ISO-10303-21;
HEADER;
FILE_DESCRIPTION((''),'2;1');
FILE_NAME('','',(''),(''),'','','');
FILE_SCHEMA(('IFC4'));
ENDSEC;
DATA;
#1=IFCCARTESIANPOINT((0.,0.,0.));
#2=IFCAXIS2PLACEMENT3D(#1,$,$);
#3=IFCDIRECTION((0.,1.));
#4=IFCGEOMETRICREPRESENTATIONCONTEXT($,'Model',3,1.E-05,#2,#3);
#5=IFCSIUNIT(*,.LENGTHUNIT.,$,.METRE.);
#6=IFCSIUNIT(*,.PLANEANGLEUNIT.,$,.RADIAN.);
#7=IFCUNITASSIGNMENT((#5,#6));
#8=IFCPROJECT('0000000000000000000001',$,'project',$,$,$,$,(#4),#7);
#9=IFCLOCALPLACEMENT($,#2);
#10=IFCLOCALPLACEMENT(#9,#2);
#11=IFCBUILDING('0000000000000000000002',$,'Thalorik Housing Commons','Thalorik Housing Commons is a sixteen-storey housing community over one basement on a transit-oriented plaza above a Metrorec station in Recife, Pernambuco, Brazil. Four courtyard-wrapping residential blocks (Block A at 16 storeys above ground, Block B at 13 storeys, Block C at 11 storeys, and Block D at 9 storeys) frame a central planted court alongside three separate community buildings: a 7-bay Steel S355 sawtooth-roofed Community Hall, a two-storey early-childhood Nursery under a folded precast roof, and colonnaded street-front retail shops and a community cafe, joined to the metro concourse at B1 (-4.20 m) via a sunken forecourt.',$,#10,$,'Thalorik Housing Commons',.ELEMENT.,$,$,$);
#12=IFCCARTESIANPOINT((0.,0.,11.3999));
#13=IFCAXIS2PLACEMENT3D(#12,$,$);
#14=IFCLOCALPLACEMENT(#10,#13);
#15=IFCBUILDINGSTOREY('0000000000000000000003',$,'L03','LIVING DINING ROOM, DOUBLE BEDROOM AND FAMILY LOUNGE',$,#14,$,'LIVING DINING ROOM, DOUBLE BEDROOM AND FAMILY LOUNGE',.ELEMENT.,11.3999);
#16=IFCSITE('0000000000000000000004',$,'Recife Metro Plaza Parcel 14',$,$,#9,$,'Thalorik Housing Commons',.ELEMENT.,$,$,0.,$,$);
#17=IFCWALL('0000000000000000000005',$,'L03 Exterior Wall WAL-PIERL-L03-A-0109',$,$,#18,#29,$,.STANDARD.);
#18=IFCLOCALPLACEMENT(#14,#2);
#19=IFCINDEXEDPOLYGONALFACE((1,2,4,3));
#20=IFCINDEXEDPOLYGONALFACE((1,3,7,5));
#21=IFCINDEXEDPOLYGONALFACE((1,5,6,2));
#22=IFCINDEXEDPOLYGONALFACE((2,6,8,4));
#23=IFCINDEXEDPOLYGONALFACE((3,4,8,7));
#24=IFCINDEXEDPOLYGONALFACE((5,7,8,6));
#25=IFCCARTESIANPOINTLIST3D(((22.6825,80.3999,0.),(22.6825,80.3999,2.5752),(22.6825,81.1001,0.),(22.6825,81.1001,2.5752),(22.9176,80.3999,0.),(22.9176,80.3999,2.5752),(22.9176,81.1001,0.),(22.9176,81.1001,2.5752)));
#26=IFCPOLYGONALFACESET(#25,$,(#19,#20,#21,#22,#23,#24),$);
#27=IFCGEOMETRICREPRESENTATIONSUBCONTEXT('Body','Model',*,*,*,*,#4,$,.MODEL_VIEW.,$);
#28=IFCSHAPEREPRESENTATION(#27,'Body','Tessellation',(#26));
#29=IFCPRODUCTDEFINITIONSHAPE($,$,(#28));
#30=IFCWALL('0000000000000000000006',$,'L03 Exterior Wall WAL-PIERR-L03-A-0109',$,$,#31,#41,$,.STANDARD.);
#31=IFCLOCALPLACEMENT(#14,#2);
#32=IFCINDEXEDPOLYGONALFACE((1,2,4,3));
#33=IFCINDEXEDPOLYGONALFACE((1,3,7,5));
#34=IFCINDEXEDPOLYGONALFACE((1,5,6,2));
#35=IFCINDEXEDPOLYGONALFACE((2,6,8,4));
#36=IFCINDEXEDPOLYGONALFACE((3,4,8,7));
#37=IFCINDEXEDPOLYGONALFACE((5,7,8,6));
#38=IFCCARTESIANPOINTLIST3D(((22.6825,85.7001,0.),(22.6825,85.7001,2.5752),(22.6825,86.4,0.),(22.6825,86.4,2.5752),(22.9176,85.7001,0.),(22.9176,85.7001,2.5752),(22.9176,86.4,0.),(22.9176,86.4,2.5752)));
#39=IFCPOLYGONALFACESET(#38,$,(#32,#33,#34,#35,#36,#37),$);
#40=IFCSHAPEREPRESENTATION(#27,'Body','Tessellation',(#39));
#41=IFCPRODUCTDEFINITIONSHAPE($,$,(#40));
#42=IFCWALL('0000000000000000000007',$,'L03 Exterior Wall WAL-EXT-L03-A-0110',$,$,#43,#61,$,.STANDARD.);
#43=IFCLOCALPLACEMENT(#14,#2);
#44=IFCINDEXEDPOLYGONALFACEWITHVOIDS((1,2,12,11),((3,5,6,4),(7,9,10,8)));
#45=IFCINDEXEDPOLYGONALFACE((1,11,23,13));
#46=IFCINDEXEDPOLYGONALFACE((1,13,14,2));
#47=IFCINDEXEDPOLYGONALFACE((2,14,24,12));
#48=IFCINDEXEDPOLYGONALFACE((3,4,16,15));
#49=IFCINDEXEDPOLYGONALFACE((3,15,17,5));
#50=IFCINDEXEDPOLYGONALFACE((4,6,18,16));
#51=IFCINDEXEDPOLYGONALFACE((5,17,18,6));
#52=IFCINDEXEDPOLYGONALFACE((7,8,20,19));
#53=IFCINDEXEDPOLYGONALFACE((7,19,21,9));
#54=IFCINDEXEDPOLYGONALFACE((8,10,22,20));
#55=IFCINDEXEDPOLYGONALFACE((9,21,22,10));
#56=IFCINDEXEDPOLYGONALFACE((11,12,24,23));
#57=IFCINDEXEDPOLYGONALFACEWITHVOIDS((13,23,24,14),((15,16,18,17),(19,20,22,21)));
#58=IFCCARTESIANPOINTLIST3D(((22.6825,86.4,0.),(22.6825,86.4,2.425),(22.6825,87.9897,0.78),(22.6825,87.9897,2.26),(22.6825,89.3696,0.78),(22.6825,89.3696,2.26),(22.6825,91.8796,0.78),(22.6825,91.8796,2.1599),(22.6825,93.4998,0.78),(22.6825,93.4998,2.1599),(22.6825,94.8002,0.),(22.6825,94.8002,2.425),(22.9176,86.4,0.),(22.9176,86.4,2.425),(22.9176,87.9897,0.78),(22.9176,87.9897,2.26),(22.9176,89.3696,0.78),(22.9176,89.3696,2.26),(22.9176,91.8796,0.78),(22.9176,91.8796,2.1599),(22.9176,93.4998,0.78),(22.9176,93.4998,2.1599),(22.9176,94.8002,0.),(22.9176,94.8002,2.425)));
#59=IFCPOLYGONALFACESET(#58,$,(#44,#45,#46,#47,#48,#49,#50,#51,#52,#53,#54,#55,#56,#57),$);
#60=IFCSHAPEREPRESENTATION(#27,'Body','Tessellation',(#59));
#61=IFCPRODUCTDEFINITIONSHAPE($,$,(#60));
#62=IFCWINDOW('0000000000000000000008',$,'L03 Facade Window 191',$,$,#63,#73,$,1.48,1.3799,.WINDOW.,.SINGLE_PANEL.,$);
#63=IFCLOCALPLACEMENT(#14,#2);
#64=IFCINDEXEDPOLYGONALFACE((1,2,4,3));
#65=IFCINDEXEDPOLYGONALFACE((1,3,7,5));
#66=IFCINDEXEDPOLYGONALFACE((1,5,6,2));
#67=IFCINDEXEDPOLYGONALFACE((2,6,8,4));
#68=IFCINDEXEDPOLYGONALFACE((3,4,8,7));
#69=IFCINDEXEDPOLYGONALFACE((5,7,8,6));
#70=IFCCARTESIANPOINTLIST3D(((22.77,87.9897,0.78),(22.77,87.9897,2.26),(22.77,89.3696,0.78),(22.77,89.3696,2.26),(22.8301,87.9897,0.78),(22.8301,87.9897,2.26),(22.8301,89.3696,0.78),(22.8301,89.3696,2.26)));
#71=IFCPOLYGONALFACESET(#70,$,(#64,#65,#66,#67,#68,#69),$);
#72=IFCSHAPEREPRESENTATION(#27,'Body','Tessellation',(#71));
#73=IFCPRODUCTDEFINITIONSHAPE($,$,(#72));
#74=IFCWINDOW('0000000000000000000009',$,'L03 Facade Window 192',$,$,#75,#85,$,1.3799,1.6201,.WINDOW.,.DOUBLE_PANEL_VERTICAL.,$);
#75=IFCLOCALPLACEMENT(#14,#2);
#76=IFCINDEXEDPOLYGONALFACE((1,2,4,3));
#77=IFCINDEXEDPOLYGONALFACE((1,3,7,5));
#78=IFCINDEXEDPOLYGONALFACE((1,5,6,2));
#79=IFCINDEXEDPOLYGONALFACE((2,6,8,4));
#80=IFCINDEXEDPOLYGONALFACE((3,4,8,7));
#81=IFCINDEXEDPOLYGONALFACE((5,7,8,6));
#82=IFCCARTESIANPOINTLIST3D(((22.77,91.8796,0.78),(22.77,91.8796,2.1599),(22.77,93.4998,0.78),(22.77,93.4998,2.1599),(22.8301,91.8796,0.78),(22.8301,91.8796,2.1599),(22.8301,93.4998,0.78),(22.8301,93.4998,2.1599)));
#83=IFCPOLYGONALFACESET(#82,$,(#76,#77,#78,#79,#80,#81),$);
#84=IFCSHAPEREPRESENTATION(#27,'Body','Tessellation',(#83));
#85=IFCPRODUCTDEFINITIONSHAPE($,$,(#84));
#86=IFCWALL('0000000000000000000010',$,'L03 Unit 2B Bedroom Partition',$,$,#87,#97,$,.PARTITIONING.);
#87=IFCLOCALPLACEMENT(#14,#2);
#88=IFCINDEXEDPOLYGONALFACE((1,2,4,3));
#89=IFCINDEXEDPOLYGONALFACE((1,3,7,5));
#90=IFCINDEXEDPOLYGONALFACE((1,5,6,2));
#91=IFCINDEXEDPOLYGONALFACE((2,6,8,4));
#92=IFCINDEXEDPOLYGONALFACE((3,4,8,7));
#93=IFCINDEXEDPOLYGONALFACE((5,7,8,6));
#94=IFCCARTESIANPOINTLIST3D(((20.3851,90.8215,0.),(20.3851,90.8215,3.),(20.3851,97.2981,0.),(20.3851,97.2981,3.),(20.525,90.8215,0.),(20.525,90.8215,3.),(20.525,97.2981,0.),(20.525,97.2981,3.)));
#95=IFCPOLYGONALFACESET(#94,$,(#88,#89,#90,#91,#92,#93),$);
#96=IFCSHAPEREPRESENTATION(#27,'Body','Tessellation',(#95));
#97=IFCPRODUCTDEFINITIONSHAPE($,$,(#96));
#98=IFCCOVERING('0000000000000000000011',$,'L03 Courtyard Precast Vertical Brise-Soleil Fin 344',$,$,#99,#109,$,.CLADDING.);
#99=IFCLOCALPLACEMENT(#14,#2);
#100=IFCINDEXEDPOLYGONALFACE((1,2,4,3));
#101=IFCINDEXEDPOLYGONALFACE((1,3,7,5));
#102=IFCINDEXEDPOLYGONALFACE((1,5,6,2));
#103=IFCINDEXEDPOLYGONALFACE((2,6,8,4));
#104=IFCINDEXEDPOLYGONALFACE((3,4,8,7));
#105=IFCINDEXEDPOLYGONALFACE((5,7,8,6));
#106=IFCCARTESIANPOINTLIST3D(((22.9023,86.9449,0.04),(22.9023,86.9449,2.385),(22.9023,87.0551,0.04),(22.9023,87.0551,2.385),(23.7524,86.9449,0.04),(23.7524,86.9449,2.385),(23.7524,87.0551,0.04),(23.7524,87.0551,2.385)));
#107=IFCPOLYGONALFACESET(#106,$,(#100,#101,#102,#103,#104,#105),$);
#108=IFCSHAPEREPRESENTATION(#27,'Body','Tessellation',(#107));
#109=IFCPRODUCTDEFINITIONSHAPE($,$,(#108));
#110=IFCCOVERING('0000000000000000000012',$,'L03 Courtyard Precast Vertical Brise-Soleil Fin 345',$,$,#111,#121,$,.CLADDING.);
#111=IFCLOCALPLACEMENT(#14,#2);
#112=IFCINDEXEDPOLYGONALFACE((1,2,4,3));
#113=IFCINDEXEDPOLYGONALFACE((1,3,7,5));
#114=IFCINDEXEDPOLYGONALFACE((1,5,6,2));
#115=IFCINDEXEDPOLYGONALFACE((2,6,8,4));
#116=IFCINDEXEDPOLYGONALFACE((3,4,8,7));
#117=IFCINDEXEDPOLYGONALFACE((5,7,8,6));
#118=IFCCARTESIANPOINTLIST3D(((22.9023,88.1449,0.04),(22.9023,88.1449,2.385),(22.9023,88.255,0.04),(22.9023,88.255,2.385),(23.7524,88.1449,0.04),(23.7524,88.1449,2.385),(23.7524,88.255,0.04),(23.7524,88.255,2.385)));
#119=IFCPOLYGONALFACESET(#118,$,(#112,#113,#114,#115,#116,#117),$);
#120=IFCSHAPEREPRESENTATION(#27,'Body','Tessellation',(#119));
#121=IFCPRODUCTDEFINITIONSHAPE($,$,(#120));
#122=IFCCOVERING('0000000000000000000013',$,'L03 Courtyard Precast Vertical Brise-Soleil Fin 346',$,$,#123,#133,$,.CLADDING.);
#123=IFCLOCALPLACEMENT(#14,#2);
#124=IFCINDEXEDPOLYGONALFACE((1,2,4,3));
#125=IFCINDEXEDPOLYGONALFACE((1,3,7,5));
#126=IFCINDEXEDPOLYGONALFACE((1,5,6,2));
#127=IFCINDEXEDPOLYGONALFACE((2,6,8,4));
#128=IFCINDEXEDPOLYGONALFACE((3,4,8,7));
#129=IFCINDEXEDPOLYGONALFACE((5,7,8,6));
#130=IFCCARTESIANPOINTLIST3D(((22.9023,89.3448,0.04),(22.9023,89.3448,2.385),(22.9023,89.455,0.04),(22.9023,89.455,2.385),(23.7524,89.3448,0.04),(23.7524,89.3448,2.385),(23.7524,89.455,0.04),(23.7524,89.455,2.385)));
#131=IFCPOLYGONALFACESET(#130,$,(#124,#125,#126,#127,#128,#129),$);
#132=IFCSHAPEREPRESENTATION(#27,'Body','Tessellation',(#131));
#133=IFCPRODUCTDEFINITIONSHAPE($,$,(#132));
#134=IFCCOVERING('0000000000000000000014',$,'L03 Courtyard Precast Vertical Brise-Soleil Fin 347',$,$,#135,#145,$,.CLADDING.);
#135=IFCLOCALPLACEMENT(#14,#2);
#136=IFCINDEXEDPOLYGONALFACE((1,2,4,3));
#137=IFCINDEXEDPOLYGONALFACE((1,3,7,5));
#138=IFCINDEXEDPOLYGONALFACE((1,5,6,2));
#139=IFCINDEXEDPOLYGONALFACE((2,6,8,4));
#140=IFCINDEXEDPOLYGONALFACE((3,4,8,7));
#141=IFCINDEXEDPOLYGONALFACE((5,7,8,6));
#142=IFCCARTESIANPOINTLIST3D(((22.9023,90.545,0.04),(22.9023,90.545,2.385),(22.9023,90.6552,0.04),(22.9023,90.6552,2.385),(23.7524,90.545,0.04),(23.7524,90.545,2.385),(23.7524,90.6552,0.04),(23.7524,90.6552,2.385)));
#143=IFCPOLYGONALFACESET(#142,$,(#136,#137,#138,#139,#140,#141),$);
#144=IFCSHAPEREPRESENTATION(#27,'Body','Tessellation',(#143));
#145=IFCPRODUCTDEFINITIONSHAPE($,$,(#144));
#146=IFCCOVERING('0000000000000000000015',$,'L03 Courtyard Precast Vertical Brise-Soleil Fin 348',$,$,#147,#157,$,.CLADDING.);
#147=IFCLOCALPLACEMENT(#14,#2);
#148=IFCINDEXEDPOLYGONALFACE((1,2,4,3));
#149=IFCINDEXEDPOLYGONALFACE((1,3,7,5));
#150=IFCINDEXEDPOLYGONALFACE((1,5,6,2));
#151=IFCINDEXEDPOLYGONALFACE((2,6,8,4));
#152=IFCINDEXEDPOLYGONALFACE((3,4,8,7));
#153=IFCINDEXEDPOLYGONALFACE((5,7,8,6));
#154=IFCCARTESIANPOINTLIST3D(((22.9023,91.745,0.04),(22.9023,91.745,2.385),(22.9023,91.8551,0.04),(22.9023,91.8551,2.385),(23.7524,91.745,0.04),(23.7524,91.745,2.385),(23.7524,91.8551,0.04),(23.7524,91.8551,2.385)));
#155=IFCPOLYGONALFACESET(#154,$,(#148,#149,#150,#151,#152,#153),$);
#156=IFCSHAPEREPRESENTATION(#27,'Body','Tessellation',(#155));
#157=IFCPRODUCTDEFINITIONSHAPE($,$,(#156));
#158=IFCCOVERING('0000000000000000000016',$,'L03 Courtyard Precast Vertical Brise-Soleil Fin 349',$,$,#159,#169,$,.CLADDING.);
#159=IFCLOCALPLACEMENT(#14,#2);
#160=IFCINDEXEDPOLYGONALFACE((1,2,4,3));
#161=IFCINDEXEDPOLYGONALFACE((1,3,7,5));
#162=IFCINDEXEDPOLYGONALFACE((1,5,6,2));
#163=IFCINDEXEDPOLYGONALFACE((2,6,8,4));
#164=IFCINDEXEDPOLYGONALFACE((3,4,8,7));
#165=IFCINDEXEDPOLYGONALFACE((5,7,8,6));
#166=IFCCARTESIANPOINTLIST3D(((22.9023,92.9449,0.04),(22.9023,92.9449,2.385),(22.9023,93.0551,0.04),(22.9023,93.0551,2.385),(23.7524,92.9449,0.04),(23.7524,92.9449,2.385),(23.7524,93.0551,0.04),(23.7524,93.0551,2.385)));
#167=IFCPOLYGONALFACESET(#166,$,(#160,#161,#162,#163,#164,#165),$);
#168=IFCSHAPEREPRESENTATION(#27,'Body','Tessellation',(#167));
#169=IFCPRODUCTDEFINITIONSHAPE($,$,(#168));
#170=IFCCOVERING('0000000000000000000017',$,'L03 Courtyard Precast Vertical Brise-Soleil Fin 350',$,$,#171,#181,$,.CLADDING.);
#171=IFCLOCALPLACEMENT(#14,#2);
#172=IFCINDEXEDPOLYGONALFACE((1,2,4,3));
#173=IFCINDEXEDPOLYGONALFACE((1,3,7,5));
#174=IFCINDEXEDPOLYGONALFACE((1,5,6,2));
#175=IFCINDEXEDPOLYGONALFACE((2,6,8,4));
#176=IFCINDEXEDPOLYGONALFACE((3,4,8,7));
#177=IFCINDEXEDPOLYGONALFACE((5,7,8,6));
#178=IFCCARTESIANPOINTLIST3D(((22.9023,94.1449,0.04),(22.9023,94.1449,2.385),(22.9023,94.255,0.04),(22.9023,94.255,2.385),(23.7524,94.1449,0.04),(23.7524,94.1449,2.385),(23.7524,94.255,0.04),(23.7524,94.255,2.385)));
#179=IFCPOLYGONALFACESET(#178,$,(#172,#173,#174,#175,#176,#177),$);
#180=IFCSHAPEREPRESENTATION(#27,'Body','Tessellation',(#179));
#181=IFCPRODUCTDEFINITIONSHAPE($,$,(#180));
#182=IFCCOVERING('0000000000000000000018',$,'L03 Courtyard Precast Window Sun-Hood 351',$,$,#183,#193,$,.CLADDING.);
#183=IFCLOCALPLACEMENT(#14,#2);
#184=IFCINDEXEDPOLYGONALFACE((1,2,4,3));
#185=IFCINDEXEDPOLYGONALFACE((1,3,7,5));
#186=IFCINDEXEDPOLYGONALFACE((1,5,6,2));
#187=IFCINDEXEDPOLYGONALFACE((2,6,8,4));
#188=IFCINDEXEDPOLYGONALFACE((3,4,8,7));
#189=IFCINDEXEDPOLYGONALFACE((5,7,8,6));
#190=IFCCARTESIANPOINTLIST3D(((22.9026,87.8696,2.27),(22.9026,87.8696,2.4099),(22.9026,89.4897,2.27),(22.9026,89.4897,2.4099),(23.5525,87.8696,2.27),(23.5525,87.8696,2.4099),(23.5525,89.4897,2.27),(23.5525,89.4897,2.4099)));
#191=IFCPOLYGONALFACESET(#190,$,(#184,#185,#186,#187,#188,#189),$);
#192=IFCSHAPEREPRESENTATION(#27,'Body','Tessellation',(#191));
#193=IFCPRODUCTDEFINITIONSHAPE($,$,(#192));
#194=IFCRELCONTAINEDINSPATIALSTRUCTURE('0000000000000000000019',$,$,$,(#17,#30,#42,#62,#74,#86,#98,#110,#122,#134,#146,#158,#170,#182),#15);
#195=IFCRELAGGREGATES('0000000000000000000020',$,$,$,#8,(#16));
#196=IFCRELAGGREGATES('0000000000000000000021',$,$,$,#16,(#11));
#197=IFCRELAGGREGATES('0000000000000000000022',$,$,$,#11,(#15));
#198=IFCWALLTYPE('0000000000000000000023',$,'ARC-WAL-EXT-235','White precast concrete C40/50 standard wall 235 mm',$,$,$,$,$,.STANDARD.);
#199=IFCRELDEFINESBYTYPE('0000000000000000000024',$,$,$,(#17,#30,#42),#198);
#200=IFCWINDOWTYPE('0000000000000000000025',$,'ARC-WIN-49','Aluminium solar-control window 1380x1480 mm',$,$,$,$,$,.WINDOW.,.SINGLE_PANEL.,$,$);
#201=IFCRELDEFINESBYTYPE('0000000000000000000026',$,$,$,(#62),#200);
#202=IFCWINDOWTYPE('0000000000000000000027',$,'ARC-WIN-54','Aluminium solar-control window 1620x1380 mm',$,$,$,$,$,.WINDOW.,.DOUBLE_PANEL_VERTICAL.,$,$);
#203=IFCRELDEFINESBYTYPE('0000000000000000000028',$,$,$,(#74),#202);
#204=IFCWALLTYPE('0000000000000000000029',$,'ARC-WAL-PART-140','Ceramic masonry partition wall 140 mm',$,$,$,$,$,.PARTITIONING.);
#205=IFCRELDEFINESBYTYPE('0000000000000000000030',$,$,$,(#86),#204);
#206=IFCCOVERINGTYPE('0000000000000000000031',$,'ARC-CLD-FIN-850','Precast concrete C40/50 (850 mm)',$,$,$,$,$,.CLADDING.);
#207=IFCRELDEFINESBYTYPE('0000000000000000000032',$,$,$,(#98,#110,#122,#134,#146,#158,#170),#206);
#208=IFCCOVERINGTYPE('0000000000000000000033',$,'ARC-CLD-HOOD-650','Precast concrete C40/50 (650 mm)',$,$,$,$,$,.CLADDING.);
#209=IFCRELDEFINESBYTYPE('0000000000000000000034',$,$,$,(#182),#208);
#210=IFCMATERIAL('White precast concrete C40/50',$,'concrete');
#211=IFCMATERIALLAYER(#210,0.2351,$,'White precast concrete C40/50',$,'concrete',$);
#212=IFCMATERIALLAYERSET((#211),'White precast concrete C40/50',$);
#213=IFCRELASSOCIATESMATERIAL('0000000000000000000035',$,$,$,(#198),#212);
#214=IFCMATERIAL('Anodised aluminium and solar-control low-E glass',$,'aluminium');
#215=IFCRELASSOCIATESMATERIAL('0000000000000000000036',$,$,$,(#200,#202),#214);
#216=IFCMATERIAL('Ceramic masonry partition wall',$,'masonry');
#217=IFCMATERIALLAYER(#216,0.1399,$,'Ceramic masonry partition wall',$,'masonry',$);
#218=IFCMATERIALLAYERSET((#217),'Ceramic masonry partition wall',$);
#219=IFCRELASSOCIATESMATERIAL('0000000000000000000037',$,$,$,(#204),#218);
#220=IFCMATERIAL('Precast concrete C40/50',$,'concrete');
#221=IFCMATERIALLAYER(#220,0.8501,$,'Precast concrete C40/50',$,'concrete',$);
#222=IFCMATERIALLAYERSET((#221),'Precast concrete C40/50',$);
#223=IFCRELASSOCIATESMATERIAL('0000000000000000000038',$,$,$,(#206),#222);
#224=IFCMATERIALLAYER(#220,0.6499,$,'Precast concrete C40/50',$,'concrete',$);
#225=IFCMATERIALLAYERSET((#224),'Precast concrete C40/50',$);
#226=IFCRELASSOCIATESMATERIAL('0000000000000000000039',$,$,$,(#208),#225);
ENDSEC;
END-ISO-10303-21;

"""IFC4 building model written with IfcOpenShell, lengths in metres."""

from ifc_helpers import new_model, si_unit, direction, frame, frame_2d, origin, origin_2d, place, context, subcontext, project, spatial, rectangle, extrude, material, layer, layer_set, type_object, element, fill, save


model = new_model("IFC4")

# Units and contexts
model_context = context("Model", 3, precision=1e-05, world=origin(), true_north=direction((0.0, 1.0)))
body_context = subcontext(model_context, "Body", "Model", "MODEL_VIEW")
ifc_project = project(units=[si_unit("LENGTHUNIT", "METRE"), si_unit("PLANEANGLEUNIT", "RADIAN")], contexts=[model_context])

# Site, building, storey
site_placement = place(None, origin())
site = spatial("IfcSite", under=ifc_project, at=site_placement, Name="Recife Metro Plaza Parcel 14", LongName="Thalorik Housing Commons", CompositionType="ELEMENT", RefElevation=0.0)
building_placement = place(site_placement, origin())
building = spatial("IfcBuilding", under=site, at=building_placement, Name="Thalorik Housing Commons", Description="Thalorik Housing Commons is a sixteen-storey housing community over one basement on a transit-oriented plaza above a Metrorec station in Recife, Pernambuco, Brazil. Four courtyard-wrapping residential blocks (Block A at 16 storeys above ground, Block B at 13 storeys, Block C at 11 storeys, and Block D at 9 storeys) frame a central planted court alongside three separate community buildings: a 7-bay Steel S355 sawtooth-roofed Community Hall, a two-storey early-childhood Nursery under a folded precast roof, and colonnaded street-front retail shops and a community cafe, joined to the metro concourse at B1 (-4.20 m) via a sunken forecourt.", LongName="Thalorik Housing Commons", CompositionType="ELEMENT")
storey_placement = place(building_placement, frame((0.0, 0.0, 11.3999)))
storey = spatial("IfcBuildingStorey", under=building, at=storey_placement, Name="L03", Description="LIVING DINING ROOM, DOUBLE BEDROOM AND FAMILY LOUNGE", LongName="LIVING DINING ROOM, DOUBLE BEDROOM AND FAMILY LOUNGE", CompositionType="ELEMENT", Elevation=11.3999)

# Shared definitions
ifc_material_1 = material(Name="Precast concrete C40/50", Category="concrete")

# Shared definitions
ifc_material_2 = material(Name="Anodised aluminium and solar-control low-E glass", Category="aluminium")

# Walls
ifc_material_3 = material(Name="White precast concrete C40/50", Category="concrete")
ifc_layer_1 = layer(ifc_material_3, 0.2351, Name="White precast concrete C40/50", Category="concrete")
ifc_layer_set_1 = layer_set([ifc_layer_1], Name="White precast concrete C40/50")
wall_type_1 = type_object("IfcWallType", Name="ARC-WAL-EXT-235", Description="White precast concrete C40/50 standard wall 235 mm", PredefinedType="STANDARD", material=ifc_layer_set_1)
wall_1_placement = place(storey_placement, frame((22.8, 80.3999, 0.0), z_axis=(0.0, 0.0, 1.0), x_axis=(0.0, 1.0, 0.0)))
element("IfcWall", 1, at=wall_1_placement, inside=storey, type_object=wall_type_1, Name="L03 Exterior Wall WAL-PIERL-L03-A-0109", PredefinedType="STANDARD", context=body_context, shape_type="SweptSolid", body=[
    extrude(rectangle(XDim=0.7002, YDim=0.2351, at=frame_2d((0.3501, 0.0))), origin(), (0.0, 0.0, 1.0), 2.5752),
])
wall_2_placement = place(storey_placement, frame((22.8, 85.7, 0.0), z_axis=(0.0, 0.0, 1.0), x_axis=(0.0, 1.0, 0.0)))
element("IfcWall", 2, at=wall_2_placement, inside=storey, type_object=wall_type_1, Name="L03 Exterior Wall WAL-PIERR-L03-A-0109", PredefinedType="STANDARD", context=body_context, shape_type="SweptSolid", body=[
    extrude(rectangle(XDim=0.7, YDim=0.2351, at=frame_2d((0.3501, 0.0))), origin(), (0.0, 0.0, 1.0), 2.5752),
])

# Wall, openings, windows
wall_3_placement = place(storey_placement, frame((22.8, 86.3999, 0.0), z_axis=(0.0, 0.0, 1.0), x_axis=(0.0, 1.0, 0.0)))
wall_3 = element("IfcWall", 3, at=wall_3_placement, inside=storey, type_object=wall_type_1, Name="L03 Exterior Wall WAL-EXT-L03-A-0110", PredefinedType="STANDARD", context=body_context, shape_type="SweptSolid", body=[
    extrude(rectangle(XDim=8.4001, YDim=0.2351, at=frame_2d((4.2002, 0.0))), origin(), (0.0, 0.0, 1.0), 2.425),
])
opening_1_placement = place(wall_3_placement, frame((1.5898, 0.0, 0.78)))
opening_1 = element("IfcOpeningElement", 4, at=opening_1_placement, cuts=wall_3, PredefinedType="OPENING", context=body_context, shape_type="SweptSolid", body=[
    extrude(rectangle(XDim=1.3799, YDim=1.48, at=frame_2d((0.6899, 0.74))), frame((0.0, 0.1274, 0.0), z_axis=(0.0, -1.0, 0.0), x_axis=(1.0, 0.0, 0.0)), (0.0, 0.0, 1.0), 0.2551),
])
opening_2_placement = place(wall_3_placement, frame((5.4797, 0.0, 0.78)))
opening_2 = element("IfcOpeningElement", 5, at=opening_2_placement, cuts=wall_3, PredefinedType="OPENING", context=body_context, shape_type="SweptSolid", body=[
    extrude(rectangle(XDim=1.6201, YDim=1.3799, at=frame_2d((0.8101, 0.6899))), frame((0.0, 0.1274, 0.0), z_axis=(0.0, -1.0, 0.0), x_axis=(1.0, 0.0, 0.0)), (0.0, 0.0, 1.0), 0.2551),
])
window_type_1 = type_object("IfcWindowType", Name="ARC-WIN-49", Description="Aluminium solar-control window 1380x1480 mm", PartitioningType="SINGLE_PANEL", PredefinedType="WINDOW", material=ifc_material_2)
window_1_placement = place(opening_1_placement, origin())
window_1 = element("IfcWindow", 6, at=window_1_placement, inside=storey, type_object=window_type_1, Name="L03 Facade Window 191", OverallHeight=1.48, OverallWidth=1.3799, PartitioningType="SINGLE_PANEL", PredefinedType="WINDOW", context=body_context, shape_type="SweptSolid", body=[
    extrude(rectangle(XDim=1.3799, YDim=1.48, at=frame_2d((0.6899, 0.74))), frame((0.0, 0.03, 0.0), z_axis=(0.0, -1.0, 0.0), x_axis=(1.0, 0.0, 0.0)), (0.0, 0.0, 1.0), 0.0601),
])
fill(opening_1, window_1)
window_type_2 = type_object("IfcWindowType", Name="ARC-WIN-54", Description="Aluminium solar-control window 1620x1380 mm", PartitioningType="DOUBLE_PANEL_VERTICAL", PredefinedType="WINDOW", material=ifc_material_2)
window_2_placement = place(opening_2_placement, origin())
window_2 = element("IfcWindow", 7, at=window_2_placement, inside=storey, type_object=window_type_2, Name="L03 Facade Window 192", OverallHeight=1.3799, OverallWidth=1.6201, PartitioningType="DOUBLE_PANEL_VERTICAL", PredefinedType="WINDOW", context=body_context, shape_type="SweptSolid", body=[
    extrude(rectangle(XDim=1.6201, YDim=1.3799, at=frame_2d((0.8101, 0.6899))), frame((0.0, 0.03, 0.0), z_axis=(0.0, -1.0, 0.0), x_axis=(1.0, 0.0, 0.0)), (0.0, 0.0, 1.0), 0.0601),
])
fill(opening_2, window_2)

# Wall
ifc_material_4 = material(Name="Ceramic masonry partition wall", Category="masonry")
ifc_layer_2 = layer(ifc_material_4, 0.1399, Name="Ceramic masonry partition wall", Category="masonry")
ifc_layer_set_2 = layer_set([ifc_layer_2], Name="Ceramic masonry partition wall")
wall_type_2 = type_object("IfcWallType", Name="ARC-WAL-PART-140", Description="Ceramic masonry partition wall 140 mm", PredefinedType="PARTITIONING", material=ifc_layer_set_2)
wall_4_placement = place(storey_placement, frame((20.4551, 90.8215, 0.0), z_axis=(0.0, 0.0, 1.0), x_axis=(0.0, 1.0, 0.0)))
element("IfcWall", 8, at=wall_4_placement, inside=storey, type_object=wall_type_2, Name="L03 Unit 2B Bedroom Partition", PredefinedType="PARTITIONING", context=body_context, shape_type="SweptSolid", body=[
    extrude(rectangle(XDim=6.4766, YDim=0.1399, at=frame_2d((3.2383, 0.0))), origin(), (0.0, 0.0, 1.0), 3.0),
])

# Coverings
ifc_layer_3 = layer(ifc_material_1, 0.8501, Name="Precast concrete C40/50", Category="concrete")
ifc_layer_set_3 = layer_set([ifc_layer_3], Name="Precast concrete C40/50")
covering_type_1 = type_object("IfcCoveringType", Name="ARC-CLD-FIN-850", Description="Precast concrete C40/50 (850 mm)", PredefinedType="CLADDING", material=ifc_layer_set_3)
for number, where, z_axis, x_axis, name in (
    (9, (23.3274, 87.0, 0.04), (0.0, 0.0, 1.0), (0.0, 1.0, 0.0), "L03 Courtyard Precast Vertical Brise-Soleil Fin 344"),
    (10, (23.3274, 88.2, 0.04), (0.0, 0.0, 1.0), (0.0, 1.0, 0.0), "L03 Courtyard Precast Vertical Brise-Soleil Fin 345"),
    (11, (23.3274, 89.3999, 0.04), (0.0, 0.0, 1.0), (0.0, 1.0, 0.0), "L03 Courtyard Precast Vertical Brise-Soleil Fin 346"),
    (12, (23.3274, 90.6001, 0.04), (0.0, 0.0, 1.0), (0.0, 1.0, 0.0), "L03 Courtyard Precast Vertical Brise-Soleil Fin 347"),
    (13, (23.3274, 91.8, 0.04), (0.0, 0.0, 1.0), (0.0, 1.0, 0.0), "L03 Courtyard Precast Vertical Brise-Soleil Fin 348"),
    (14, (23.3274, 93.0, 0.04), (0.0, 0.0, 1.0), (0.0, 1.0, 0.0), "L03 Courtyard Precast Vertical Brise-Soleil Fin 349"),
    (15, (23.3274, 94.2, 0.04), (0.0, 0.0, 1.0), (0.0, 1.0, 0.0), "L03 Courtyard Precast Vertical Brise-Soleil Fin 350"),
):
    element("IfcCovering", number, at=place(storey_placement, frame(where, z_axis=z_axis, x_axis=x_axis)), inside=storey, type_object=covering_type_1, Name=name, PredefinedType="CLADDING", context=body_context, shape_type="SweptSolid", body=[
        extrude(rectangle(XDim=0.1101, YDim=0.8501, at=origin_2d()), origin(), (0.0, 0.0, 1.0), 2.345),
    ])
ifc_layer_4 = layer(ifc_material_1, 0.6499, Name="Precast concrete C40/50", Category="concrete")
ifc_layer_set_4 = layer_set([ifc_layer_4], Name="Precast concrete C40/50")
covering_type_2 = type_object("IfcCoveringType", Name="ARC-CLD-HOOD-650", Description="Precast concrete C40/50 (650 mm)", PredefinedType="CLADDING", material=ifc_layer_set_4)
covering_1_placement = place(storey_placement, frame((23.2275, 88.6797, 2.27), z_axis=(0.0, 0.0, 1.0), x_axis=(0.0, 1.0, 0.0)))
element("IfcCovering", 16, at=covering_1_placement, inside=storey, type_object=covering_type_2, Name="L03 Courtyard Precast Window Sun-Hood 351", PredefinedType="CLADDING", context=body_context, shape_type="SweptSolid", body=[
    extrude(rectangle(XDim=1.6201, YDim=0.6499, at=origin_2d()), origin(), (0.0, 0.0, 1.0), 0.1399),
])

save(model, "model.ifc")
